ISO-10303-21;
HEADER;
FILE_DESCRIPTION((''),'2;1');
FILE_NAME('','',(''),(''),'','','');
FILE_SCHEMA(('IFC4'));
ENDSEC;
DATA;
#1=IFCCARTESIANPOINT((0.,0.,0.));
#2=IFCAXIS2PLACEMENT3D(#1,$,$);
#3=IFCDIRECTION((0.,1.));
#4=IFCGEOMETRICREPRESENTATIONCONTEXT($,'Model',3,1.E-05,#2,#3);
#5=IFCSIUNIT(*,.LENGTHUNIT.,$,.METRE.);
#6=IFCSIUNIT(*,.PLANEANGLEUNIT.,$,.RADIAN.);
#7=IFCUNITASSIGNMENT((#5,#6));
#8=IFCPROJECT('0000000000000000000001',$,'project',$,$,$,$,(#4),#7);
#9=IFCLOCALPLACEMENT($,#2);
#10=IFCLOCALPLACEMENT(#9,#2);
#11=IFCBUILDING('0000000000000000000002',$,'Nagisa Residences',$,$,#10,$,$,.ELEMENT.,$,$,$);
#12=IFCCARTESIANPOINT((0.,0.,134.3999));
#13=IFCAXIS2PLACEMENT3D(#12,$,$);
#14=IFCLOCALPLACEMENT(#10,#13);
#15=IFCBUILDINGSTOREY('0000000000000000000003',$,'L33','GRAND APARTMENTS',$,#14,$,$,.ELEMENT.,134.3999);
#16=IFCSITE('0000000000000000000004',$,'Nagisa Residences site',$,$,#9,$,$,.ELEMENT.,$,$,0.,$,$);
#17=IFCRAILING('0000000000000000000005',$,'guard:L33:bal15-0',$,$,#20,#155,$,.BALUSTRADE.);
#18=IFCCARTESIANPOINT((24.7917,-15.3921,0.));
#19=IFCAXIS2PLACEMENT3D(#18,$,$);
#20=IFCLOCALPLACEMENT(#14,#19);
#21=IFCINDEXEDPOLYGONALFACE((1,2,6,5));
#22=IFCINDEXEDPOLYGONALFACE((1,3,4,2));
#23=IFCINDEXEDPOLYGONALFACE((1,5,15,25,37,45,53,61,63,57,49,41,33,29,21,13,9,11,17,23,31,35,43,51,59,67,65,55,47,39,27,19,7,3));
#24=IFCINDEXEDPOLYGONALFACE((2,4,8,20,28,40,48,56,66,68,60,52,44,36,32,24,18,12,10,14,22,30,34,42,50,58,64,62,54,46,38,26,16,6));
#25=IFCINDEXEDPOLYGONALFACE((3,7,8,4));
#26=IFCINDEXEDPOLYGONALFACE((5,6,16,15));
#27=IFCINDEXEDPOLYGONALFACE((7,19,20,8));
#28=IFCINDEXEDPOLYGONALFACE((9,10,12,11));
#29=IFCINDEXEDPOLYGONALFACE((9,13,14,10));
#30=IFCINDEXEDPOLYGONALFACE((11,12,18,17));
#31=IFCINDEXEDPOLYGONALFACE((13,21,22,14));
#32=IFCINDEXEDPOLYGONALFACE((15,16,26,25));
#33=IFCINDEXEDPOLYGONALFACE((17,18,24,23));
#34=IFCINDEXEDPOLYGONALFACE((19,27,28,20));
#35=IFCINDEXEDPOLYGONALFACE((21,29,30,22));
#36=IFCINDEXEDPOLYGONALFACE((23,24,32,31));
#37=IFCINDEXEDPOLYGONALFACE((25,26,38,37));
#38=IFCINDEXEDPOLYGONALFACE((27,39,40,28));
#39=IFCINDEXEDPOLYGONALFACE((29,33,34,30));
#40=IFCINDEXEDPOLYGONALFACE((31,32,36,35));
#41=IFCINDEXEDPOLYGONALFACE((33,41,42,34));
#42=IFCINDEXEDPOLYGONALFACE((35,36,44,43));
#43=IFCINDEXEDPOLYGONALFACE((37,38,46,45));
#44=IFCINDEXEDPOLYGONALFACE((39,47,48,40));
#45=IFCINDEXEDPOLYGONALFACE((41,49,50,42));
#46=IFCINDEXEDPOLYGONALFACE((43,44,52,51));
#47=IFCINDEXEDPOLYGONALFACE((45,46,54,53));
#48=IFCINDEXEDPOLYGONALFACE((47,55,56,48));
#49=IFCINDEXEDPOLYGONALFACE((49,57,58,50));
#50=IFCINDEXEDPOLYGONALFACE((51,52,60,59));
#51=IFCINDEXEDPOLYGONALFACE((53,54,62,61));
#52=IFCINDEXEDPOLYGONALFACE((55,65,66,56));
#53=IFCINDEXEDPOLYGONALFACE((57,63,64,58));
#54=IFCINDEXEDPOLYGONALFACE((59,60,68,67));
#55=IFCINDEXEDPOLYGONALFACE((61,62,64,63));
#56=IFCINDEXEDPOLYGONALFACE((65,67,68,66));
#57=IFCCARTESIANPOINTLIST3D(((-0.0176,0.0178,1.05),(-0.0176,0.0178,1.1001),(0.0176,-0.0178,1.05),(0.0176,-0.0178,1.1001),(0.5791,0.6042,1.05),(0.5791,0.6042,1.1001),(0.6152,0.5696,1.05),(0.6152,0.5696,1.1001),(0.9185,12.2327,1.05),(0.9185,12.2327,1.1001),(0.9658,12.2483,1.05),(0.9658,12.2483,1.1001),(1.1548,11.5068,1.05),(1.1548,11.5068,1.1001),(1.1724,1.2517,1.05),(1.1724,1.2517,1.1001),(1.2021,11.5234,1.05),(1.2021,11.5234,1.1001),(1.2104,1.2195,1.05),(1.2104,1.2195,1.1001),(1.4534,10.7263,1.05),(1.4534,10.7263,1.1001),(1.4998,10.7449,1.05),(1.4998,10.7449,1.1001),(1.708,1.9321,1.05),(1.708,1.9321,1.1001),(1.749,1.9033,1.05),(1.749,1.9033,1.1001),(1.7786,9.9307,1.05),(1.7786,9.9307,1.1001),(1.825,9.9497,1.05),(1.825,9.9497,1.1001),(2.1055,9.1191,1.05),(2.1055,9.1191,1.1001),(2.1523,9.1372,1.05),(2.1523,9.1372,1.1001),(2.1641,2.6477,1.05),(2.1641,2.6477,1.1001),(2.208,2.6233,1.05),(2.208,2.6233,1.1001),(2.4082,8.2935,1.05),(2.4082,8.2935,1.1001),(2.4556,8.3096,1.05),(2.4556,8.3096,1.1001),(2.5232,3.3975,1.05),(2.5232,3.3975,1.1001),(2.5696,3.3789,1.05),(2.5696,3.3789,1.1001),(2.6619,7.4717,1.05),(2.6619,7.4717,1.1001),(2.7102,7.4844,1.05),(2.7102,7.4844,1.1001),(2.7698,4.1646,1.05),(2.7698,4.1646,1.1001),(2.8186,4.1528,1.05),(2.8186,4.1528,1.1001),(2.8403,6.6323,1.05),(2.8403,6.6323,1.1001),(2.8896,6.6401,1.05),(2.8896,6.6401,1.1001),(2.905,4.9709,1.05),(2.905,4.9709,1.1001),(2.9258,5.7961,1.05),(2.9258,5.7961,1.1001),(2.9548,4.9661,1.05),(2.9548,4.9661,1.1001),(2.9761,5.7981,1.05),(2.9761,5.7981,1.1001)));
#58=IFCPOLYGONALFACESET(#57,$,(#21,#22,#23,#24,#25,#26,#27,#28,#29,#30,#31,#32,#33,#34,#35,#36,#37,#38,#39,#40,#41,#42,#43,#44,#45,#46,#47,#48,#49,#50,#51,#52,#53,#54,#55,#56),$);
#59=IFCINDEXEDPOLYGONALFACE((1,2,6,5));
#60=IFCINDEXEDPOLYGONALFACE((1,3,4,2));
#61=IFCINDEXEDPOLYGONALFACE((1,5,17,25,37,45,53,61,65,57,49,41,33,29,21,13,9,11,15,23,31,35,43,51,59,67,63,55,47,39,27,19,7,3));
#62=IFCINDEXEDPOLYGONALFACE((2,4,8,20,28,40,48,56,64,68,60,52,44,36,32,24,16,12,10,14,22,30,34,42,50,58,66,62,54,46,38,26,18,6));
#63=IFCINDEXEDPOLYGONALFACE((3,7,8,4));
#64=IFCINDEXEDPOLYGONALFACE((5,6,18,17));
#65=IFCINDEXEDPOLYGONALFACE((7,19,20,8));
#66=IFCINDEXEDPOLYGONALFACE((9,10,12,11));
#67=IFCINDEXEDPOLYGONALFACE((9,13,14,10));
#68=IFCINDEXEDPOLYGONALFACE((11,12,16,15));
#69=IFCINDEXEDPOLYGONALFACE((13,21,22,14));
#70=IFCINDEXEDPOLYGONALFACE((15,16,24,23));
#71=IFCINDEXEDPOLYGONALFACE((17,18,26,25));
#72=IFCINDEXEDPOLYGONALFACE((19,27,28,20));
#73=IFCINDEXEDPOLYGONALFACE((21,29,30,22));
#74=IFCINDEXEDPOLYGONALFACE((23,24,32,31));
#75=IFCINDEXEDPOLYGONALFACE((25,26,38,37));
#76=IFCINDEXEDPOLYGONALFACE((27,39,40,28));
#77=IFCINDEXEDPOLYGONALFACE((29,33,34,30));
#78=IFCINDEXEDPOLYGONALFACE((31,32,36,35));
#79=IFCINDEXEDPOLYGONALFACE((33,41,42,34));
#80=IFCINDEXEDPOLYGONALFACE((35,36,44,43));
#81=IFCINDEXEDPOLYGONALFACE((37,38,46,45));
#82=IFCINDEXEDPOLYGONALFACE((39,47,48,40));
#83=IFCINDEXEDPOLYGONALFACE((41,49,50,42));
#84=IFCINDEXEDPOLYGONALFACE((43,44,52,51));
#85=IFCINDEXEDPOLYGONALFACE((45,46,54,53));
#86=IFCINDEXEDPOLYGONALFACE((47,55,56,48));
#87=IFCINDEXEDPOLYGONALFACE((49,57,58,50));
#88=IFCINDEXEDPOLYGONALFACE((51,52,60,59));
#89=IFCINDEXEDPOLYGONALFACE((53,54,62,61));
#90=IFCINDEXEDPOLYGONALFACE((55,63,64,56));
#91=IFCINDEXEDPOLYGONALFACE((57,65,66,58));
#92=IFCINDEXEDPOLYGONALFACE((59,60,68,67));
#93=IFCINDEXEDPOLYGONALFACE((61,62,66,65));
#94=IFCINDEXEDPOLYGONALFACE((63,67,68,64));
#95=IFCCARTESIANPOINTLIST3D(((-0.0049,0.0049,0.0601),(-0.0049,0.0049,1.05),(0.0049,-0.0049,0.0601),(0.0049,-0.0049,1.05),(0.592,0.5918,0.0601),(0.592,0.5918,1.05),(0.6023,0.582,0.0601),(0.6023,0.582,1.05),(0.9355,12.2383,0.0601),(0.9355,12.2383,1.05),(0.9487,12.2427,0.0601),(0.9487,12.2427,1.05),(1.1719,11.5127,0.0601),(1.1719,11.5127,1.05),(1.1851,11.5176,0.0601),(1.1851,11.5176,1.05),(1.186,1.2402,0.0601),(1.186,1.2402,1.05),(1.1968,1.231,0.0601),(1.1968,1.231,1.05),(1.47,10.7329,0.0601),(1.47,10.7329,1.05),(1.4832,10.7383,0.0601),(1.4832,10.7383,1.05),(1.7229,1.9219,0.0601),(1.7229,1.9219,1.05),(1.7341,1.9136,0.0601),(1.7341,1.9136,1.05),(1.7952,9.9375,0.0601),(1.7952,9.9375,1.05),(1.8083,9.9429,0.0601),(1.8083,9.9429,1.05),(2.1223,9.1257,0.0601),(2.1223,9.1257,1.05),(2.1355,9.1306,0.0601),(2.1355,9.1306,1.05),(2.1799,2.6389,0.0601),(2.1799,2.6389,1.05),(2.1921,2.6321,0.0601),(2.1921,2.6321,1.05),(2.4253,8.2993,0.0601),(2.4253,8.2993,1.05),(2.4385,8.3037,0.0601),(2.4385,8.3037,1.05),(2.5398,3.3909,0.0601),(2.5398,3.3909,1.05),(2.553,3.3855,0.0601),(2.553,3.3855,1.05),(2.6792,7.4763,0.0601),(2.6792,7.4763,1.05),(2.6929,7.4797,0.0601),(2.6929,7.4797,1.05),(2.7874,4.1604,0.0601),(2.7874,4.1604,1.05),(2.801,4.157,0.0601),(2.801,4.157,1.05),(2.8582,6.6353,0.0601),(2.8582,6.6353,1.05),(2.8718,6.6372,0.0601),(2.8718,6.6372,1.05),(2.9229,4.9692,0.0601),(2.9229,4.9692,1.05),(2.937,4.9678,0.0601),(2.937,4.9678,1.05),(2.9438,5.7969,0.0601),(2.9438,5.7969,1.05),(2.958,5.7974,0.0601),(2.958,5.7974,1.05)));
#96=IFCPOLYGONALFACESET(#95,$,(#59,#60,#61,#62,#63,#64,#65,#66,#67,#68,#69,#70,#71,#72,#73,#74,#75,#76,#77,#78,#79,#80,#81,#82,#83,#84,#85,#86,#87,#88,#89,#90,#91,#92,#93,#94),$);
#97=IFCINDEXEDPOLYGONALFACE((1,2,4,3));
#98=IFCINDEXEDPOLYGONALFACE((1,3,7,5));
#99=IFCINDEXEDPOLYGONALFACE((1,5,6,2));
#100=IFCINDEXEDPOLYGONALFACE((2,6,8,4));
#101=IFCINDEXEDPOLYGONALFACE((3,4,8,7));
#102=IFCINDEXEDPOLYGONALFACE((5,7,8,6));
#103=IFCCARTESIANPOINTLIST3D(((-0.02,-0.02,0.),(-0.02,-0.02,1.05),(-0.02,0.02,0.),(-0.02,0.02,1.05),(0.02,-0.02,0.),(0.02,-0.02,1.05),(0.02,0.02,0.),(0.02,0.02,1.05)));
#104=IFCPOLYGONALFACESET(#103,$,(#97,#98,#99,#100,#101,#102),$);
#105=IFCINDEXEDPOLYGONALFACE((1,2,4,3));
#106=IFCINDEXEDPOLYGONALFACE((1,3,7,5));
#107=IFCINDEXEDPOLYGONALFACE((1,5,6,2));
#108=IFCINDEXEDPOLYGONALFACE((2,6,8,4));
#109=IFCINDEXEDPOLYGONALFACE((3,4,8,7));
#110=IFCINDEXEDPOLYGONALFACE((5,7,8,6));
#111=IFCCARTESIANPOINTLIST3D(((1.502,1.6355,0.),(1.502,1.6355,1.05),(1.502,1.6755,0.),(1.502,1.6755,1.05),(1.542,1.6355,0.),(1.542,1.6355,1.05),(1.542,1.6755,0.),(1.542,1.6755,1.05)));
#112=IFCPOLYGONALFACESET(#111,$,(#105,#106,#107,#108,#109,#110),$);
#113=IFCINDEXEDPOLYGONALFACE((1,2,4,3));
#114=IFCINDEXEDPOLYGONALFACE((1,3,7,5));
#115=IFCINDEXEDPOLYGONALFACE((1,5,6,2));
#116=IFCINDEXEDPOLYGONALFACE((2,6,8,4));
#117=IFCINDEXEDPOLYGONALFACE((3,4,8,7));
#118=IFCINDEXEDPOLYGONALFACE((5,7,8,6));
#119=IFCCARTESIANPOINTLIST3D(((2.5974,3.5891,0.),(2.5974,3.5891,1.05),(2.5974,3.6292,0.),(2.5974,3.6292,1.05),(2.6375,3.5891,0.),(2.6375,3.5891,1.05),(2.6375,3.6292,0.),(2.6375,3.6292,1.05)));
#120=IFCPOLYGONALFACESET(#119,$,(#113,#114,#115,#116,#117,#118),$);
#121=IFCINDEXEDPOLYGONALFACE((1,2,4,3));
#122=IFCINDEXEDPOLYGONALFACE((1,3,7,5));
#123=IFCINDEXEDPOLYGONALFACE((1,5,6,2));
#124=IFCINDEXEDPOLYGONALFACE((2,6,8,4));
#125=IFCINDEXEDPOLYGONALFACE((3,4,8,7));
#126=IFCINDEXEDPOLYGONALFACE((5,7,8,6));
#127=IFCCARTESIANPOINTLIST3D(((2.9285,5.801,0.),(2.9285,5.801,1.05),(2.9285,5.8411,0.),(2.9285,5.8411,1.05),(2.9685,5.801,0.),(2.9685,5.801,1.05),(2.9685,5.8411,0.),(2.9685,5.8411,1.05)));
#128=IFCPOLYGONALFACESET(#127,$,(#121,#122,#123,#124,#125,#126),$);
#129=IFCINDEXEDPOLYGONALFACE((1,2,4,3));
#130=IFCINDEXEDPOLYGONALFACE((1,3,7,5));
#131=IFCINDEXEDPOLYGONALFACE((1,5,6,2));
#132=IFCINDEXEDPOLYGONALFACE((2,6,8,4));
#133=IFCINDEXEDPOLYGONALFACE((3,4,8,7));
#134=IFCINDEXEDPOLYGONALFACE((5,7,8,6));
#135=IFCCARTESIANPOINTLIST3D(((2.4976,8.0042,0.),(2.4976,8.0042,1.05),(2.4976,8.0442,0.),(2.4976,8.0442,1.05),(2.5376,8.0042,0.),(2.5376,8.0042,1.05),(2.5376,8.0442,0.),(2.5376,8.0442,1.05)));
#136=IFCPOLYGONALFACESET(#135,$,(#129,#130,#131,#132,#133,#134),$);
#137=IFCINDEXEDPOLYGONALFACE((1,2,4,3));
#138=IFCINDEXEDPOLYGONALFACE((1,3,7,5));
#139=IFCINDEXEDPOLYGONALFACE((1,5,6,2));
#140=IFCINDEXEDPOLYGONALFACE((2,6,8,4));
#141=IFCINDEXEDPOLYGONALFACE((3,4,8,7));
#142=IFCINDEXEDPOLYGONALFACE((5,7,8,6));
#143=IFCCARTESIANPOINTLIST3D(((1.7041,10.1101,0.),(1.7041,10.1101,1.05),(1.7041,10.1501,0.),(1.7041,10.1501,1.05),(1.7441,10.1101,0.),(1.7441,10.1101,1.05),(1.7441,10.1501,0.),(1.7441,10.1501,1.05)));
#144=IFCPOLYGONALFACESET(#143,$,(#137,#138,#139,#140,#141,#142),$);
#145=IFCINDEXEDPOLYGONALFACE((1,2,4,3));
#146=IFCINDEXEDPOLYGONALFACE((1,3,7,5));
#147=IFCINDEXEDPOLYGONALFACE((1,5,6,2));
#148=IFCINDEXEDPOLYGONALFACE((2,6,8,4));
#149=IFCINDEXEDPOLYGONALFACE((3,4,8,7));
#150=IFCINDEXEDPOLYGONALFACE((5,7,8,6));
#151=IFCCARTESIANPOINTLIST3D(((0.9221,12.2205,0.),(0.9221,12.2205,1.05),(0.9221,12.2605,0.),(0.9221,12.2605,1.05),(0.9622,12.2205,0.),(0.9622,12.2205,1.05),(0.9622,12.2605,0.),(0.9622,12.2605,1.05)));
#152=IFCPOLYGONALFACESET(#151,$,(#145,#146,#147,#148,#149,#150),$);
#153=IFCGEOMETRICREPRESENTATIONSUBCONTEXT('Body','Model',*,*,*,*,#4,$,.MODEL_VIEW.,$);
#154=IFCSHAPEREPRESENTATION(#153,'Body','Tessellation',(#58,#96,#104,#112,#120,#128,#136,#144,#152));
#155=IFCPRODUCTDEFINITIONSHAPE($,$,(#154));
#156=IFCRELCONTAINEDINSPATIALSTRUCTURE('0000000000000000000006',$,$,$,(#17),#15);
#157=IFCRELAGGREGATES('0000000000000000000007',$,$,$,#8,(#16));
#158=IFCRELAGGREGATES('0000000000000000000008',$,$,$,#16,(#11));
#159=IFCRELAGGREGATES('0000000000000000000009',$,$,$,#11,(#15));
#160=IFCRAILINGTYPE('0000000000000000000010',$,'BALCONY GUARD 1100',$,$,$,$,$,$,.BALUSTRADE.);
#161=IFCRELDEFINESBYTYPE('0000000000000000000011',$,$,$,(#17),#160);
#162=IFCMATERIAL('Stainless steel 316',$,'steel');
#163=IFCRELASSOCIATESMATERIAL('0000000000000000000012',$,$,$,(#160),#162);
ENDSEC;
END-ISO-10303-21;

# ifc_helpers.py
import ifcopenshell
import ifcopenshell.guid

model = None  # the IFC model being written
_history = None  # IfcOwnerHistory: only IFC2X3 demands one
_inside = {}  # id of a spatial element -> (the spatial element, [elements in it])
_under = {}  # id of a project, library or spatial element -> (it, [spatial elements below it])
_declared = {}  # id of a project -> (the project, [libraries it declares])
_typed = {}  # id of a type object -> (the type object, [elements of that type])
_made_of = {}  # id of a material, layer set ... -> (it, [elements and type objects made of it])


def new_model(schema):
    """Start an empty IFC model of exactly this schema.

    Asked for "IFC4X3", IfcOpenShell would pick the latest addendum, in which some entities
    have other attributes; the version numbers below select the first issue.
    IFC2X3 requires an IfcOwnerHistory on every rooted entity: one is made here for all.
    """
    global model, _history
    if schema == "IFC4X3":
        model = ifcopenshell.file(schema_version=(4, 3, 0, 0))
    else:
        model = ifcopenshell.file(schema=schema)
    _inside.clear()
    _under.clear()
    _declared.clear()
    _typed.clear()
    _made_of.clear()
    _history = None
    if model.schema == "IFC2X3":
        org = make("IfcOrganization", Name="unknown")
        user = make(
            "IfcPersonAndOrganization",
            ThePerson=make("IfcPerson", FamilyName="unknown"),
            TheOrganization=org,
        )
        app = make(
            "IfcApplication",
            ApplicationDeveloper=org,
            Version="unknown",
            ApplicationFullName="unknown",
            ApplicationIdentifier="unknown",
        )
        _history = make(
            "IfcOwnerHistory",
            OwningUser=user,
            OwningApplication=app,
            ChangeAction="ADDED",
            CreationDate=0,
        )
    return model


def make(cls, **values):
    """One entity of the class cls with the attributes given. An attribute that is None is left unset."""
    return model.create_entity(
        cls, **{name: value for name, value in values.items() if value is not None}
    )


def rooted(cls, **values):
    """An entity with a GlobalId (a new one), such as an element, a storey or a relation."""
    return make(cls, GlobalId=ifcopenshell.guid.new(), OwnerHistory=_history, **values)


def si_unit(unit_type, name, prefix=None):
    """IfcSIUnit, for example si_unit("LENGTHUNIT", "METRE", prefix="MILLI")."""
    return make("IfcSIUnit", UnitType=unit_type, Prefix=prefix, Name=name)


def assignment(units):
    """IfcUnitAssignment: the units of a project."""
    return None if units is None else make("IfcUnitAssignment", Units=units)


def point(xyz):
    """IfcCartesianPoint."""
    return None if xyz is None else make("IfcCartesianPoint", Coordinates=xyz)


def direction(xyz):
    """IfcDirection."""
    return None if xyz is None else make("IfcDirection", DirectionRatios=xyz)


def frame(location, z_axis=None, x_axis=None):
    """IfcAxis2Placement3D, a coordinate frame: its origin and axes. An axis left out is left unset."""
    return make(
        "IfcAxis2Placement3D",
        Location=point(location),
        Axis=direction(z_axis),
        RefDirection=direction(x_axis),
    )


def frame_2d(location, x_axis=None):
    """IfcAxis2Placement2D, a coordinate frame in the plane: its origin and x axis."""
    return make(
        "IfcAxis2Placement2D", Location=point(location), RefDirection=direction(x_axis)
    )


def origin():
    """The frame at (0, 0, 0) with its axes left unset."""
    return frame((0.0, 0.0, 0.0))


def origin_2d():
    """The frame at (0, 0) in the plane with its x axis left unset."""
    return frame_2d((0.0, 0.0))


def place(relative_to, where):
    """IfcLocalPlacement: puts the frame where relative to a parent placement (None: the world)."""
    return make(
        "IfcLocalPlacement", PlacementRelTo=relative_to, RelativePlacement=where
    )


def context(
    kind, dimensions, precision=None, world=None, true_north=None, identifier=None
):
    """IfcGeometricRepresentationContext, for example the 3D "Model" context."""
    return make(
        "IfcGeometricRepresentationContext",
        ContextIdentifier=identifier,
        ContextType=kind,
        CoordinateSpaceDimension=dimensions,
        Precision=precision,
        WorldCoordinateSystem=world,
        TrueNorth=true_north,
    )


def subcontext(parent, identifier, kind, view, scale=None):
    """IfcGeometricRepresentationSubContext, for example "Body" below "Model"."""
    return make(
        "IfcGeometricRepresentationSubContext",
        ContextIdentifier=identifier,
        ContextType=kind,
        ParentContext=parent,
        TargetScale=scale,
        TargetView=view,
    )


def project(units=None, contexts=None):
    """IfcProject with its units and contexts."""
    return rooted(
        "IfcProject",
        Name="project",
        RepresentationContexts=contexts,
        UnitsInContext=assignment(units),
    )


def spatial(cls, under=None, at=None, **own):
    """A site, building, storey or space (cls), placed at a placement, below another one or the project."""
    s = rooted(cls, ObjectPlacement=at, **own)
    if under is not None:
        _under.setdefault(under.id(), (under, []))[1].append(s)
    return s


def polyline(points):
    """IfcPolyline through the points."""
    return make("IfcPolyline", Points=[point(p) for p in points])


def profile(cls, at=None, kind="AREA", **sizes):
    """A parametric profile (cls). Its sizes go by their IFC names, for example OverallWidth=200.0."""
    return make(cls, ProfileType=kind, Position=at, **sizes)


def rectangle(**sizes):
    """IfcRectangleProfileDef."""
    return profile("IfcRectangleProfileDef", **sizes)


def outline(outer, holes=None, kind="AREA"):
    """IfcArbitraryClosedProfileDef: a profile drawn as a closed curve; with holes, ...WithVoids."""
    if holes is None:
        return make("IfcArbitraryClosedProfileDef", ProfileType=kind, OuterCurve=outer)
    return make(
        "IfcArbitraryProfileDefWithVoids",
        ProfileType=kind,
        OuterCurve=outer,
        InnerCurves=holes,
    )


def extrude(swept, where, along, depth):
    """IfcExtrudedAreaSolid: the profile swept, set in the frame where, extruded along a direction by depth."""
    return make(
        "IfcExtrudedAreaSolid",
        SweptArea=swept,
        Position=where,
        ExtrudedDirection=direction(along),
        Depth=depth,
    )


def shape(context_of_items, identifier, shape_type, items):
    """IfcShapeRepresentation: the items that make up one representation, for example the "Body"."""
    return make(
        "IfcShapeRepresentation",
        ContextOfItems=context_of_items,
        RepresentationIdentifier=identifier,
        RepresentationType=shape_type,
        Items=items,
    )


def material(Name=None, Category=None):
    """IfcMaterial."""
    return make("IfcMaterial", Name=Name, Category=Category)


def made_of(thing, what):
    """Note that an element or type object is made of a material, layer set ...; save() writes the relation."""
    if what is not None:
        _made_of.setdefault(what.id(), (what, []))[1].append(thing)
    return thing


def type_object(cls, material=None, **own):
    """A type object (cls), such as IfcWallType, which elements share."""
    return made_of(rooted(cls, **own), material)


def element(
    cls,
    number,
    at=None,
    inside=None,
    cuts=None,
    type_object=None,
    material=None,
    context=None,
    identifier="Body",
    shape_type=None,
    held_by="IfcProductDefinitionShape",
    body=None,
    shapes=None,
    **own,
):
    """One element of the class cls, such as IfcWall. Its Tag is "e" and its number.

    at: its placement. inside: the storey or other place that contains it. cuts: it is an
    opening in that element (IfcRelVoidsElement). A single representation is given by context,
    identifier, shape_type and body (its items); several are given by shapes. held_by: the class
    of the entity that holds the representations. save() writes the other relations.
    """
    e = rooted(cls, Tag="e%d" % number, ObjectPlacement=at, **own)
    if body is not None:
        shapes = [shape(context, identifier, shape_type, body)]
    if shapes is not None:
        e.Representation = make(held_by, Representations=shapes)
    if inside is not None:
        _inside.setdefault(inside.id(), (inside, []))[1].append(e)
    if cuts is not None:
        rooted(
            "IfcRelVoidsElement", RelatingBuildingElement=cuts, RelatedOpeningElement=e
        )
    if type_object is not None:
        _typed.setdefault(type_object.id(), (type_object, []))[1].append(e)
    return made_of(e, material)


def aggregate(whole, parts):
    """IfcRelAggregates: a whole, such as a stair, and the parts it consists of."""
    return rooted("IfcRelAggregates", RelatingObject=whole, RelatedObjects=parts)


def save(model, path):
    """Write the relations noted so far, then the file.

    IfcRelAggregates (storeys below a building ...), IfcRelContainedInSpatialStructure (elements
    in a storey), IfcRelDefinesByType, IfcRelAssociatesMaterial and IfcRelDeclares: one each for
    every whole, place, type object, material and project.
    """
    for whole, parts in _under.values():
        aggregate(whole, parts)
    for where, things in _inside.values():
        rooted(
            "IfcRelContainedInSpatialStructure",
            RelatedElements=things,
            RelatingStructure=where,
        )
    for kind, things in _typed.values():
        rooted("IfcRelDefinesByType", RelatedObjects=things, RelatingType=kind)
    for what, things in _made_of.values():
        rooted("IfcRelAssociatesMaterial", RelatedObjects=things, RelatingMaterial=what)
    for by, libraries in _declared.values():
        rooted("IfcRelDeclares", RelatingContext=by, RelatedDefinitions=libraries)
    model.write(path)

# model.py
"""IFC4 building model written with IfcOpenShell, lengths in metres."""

from ifc_helpers import new_model, si_unit, direction, frame, origin, origin_2d, place, context, subcontext, project, spatial, polyline, rectangle, outline, extrude, material, type_object, element, save


model = new_model("IFC4")

# Units and contexts
model_context = context("Model", 3, precision=1e-05, world=origin(), true_north=direction((0.0, 1.0)))
body_context = subcontext(model_context, "Body", "Model", "MODEL_VIEW")
ifc_project = project(units=[si_unit("LENGTHUNIT", "METRE"), si_unit("PLANEANGLEUNIT", "RADIAN")], contexts=[model_context])

# Site, building, storey
site_placement = place(None, origin())
site = spatial("IfcSite", under=ifc_project, at=site_placement, Name="Nagisa Residences site", CompositionType="ELEMENT", RefElevation=0.0)
building_placement = place(site_placement, origin())
building = spatial("IfcBuilding", under=site, at=building_placement, Name="Nagisa Residences", CompositionType="ELEMENT")
storey_placement = place(building_placement, frame((0.0, 0.0, 134.3999)))
storey = spatial("IfcBuildingStorey", under=building, at=storey_placement, Name="L33", Description="GRAND APARTMENTS", CompositionType="ELEMENT", Elevation=134.3999)

# Railing
ifc_material_1 = material(Name="Stainless steel 316", Category="steel")
railing_type = type_object("IfcRailingType", Name="BALCONY GUARD 1100", PredefinedType="BALUSTRADE", material=ifc_material_1)
railing_1_placement = place(storey_placement, frame((24.7917, -15.3921, 0.0)))
element("IfcRailing", 1, at=railing_1_placement, inside=storey, type_object=railing_type, Name="guard:L33:bal15-0", PredefinedType="BALUSTRADE", context=body_context, shape_type="SweptSolid", body=[
    extrude(outline(polyline([(0.5791, 0.6042), (-0.0176, 0.0178), (0.0176, -0.0178), (0.6152, 0.5696), (1.2104, 1.2195), (1.749, 1.9033), (2.208, 2.6233), (2.5696, 3.3789), (2.8186, 4.1528), (2.9548, 4.9661), (2.9761, 5.7981), (2.8896, 6.6401), (2.7102, 7.4844), (2.4556, 8.3096), (2.1523, 9.1372), (1.825, 9.9497), (1.4998, 10.7449), (1.2021, 11.5234), (0.9658, 12.2483), (0.9185, 12.2327), (1.1548, 11.5068), (1.4534, 10.7263), (1.7786, 9.9307), (2.1055, 9.1191), (2.4082, 8.2935), (2.6619, 7.4717), (2.8403, 6.6323), (2.9258, 5.7961), (2.905, 4.9709), (2.7698, 4.1646), (2.5232, 3.3975), (2.1641, 2.6477), (1.708, 1.9321), (1.1724, 1.2517), (0.5791, 0.6042)])), frame((0.0, 0.0, 1.05)), (0.0, 0.0, 1.0), 0.05),
    extrude(outline(polyline([(0.592, 0.5918), (-0.0049, 0.0049), (0.0049, -0.0049), (0.6023, 0.582), (1.1968, 1.231), (1.7341, 1.9136), (2.1921, 2.6321), (2.553, 3.3855), (2.801, 4.157), (2.937, 4.9678), (2.958, 5.7974), (2.8718, 6.6372), (2.6929, 7.4797), (2.4385, 8.3037), (2.1355, 9.1306), (1.8083, 9.9429), (1.4832, 10.7383), (1.1851, 11.5176), (0.9487, 12.2427), (0.9355, 12.2383), (1.1719, 11.5127), (1.47, 10.7329), (1.7952, 9.9375), (2.1223, 9.1257), (2.4253, 8.2993), (2.6792, 7.4763), (2.8582, 6.6353), (2.9438, 5.7969), (2.9229, 4.9692), (2.7874, 4.1604), (2.5398, 3.3909), (2.1799, 2.6389), (1.7229, 1.9219), (1.186, 1.2402), (0.592, 0.5918)])), frame((0.0, 0.0, 0.0601)), (0.0, 0.0, 1.0), 0.99),
    extrude(rectangle(XDim=0.04, YDim=0.04, at=origin_2d()), origin(), (0.0, 0.0, 1.0), 1.05),
    extrude(rectangle(XDim=0.04, YDim=0.04, at=origin_2d()), frame((1.522, 1.6555, 0.0)), (0.0, 0.0, 1.0), 1.05),
    extrude(rectangle(XDim=0.04, YDim=0.04, at=origin_2d()), frame((2.6174, 3.6091, 0.0)), (0.0, 0.0, 1.0), 1.05),
    extrude(rectangle(XDim=0.04, YDim=0.04, at=origin_2d()), frame((2.9485, 5.821, 0.0)), (0.0, 0.0, 1.0), 1.05),
    extrude(rectangle(XDim=0.04, YDim=0.04, at=origin_2d()), frame((2.5176, 8.0242, 0.0)), (0.0, 0.0, 1.0), 1.05),
    extrude(rectangle(XDim=0.04, YDim=0.04, at=origin_2d()), frame((1.7241, 10.1301, 0.0)), (0.0, 0.0, 1.0), 1.05),
    extrude(rectangle(XDim=0.04, YDim=0.04, at=origin_2d()), frame((0.9421, 12.2405, 0.0)), (0.0, 0.0, 1.0), 1.05),
])

save(model, "model.ifc")
